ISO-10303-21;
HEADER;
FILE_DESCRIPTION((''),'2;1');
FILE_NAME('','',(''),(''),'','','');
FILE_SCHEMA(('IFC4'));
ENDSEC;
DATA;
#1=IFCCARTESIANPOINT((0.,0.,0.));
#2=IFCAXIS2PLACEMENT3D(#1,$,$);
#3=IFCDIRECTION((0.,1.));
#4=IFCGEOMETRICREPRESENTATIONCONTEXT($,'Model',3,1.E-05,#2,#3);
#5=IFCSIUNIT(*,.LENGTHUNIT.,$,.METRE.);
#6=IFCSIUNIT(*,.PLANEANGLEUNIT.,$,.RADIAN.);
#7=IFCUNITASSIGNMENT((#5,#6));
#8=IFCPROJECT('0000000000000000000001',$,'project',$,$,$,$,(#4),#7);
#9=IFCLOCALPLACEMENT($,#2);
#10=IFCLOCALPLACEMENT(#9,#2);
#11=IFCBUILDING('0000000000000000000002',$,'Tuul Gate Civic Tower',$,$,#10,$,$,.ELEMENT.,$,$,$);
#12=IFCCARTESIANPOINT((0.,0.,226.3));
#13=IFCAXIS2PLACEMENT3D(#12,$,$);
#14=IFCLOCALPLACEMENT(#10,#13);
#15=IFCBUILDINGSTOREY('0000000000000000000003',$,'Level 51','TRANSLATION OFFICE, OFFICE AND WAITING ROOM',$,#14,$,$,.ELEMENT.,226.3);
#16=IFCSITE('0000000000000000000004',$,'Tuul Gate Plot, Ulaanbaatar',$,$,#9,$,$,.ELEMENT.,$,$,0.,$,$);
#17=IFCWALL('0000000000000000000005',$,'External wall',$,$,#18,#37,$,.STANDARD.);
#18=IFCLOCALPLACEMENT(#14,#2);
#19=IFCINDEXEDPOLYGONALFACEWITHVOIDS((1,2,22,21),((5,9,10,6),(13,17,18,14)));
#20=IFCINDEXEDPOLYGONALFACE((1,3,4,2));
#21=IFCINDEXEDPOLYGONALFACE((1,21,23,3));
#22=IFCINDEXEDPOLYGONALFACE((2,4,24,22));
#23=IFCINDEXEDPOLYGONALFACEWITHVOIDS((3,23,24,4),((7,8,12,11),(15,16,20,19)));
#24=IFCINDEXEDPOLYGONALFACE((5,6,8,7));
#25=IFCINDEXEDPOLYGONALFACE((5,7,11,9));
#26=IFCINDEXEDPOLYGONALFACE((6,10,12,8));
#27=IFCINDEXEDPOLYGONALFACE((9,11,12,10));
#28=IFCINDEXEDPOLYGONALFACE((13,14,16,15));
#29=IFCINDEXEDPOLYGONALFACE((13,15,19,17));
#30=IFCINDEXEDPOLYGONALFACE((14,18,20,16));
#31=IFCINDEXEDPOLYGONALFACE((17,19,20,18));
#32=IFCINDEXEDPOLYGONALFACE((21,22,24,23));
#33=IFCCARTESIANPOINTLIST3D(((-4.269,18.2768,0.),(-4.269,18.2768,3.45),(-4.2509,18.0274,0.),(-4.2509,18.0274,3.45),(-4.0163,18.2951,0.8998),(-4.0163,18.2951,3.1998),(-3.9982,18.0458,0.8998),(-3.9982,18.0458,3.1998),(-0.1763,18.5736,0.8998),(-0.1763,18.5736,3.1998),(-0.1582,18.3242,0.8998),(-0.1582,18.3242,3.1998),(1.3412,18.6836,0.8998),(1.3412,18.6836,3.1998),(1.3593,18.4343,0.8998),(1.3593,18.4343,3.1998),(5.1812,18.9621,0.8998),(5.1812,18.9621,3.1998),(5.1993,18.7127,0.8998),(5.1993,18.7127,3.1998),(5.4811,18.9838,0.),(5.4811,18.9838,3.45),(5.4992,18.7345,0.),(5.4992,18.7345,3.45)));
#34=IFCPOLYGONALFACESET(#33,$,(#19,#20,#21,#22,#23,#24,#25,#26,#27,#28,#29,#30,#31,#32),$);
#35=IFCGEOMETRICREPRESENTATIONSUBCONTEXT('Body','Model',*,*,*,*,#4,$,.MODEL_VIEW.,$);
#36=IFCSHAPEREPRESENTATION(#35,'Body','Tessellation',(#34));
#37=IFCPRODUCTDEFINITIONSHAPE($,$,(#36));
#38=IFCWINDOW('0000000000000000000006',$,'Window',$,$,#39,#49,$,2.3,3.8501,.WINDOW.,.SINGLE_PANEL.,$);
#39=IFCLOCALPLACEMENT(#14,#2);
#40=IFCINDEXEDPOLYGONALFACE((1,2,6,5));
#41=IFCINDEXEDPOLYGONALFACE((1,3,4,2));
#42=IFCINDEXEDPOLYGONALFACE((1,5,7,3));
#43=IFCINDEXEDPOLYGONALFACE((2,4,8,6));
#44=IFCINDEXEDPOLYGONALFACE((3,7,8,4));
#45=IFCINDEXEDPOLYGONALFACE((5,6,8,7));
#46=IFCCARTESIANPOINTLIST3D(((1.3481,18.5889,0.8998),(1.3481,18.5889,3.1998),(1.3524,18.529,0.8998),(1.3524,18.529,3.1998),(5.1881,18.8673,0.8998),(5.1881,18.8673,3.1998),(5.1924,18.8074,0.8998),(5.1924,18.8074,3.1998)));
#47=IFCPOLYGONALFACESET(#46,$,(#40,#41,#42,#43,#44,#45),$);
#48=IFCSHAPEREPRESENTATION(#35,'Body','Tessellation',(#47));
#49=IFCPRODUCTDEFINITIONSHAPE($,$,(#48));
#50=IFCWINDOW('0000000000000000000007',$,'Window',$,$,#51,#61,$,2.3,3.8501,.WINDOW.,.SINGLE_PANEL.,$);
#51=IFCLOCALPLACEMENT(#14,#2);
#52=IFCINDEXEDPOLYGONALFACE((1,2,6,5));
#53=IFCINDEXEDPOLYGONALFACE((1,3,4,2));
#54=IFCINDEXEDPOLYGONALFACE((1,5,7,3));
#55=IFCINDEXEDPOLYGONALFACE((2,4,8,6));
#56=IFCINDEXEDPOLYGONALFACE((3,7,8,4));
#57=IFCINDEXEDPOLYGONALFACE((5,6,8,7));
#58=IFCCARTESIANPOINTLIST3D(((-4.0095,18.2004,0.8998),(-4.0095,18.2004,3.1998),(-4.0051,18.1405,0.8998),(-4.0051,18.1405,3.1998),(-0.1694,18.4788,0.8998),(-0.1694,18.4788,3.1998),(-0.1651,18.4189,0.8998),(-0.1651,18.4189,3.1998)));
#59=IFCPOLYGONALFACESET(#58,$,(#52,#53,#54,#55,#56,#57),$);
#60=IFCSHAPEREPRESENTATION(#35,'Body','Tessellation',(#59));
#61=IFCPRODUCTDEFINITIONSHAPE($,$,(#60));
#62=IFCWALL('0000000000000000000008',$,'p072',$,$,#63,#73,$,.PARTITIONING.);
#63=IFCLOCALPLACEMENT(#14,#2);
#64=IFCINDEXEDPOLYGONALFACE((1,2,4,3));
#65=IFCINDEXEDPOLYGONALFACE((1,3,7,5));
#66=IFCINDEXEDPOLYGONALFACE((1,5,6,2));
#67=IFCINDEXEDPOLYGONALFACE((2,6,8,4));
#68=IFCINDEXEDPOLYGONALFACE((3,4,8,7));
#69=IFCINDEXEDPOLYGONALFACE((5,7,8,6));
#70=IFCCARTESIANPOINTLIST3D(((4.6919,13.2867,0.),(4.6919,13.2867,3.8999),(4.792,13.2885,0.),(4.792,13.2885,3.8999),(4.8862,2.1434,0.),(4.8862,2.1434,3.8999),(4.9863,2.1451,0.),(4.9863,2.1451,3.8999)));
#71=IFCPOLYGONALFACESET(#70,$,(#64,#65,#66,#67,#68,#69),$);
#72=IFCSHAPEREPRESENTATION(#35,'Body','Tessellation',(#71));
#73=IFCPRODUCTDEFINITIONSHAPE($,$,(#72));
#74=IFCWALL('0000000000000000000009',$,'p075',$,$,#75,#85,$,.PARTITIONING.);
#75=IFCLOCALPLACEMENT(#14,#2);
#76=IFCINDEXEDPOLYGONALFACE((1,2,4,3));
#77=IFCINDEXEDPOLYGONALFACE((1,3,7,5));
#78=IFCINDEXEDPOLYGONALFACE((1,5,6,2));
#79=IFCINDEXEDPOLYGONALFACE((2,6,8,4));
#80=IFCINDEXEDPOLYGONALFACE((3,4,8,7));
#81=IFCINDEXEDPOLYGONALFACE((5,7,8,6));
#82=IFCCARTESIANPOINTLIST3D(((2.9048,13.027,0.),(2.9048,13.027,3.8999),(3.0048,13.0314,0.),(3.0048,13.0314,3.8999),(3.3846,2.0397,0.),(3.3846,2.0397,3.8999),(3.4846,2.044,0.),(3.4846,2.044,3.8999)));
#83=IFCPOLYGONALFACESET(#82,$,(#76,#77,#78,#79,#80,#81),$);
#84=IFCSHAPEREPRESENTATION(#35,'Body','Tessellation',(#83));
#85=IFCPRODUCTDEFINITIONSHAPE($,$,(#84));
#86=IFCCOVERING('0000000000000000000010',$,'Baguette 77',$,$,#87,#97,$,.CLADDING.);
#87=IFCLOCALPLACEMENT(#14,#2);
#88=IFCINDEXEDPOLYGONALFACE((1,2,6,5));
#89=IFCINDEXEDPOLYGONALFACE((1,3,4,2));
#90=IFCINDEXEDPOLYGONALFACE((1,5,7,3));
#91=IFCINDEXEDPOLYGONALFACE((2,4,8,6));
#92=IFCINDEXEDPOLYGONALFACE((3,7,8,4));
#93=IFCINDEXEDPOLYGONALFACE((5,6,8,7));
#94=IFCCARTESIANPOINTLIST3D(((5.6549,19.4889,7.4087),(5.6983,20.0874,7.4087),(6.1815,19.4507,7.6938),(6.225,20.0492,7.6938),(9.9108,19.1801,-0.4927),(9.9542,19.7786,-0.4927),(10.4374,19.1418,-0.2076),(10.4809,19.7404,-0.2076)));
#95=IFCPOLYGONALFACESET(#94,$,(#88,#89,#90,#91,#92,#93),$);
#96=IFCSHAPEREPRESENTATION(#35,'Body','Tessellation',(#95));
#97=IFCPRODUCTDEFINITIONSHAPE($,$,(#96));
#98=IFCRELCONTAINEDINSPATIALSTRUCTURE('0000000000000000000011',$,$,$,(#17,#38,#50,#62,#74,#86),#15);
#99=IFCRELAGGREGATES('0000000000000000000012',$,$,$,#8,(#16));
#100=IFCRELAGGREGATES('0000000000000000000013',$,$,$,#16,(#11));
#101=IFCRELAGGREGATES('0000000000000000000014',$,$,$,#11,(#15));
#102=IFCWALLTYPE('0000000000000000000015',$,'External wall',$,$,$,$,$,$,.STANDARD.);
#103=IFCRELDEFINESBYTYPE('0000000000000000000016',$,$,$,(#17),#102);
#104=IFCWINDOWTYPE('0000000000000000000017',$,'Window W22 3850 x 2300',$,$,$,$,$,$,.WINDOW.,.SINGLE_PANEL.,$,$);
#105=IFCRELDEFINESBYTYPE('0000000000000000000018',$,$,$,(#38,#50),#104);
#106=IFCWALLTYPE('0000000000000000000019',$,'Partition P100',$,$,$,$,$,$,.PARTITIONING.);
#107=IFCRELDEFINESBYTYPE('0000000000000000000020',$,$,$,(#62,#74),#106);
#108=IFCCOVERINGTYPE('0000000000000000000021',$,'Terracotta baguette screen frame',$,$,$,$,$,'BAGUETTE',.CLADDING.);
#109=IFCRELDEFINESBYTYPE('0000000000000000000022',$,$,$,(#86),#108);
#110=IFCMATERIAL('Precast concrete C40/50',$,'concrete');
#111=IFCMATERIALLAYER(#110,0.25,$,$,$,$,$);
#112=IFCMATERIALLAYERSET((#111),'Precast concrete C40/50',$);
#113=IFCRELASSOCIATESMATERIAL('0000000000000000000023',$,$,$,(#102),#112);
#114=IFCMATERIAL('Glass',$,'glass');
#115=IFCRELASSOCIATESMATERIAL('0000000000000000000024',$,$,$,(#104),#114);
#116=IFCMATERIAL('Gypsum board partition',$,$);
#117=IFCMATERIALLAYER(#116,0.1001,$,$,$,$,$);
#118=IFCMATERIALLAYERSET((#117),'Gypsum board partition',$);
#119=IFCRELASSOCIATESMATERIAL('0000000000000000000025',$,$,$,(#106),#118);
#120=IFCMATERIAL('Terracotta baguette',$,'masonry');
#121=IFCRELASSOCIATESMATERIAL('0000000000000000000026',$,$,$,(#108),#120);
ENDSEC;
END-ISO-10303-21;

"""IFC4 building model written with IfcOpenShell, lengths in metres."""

from ifc_helpers import new_model, si_unit, direction, frame, frame_2d, origin, origin_2d, place, context, subcontext, project, spatial, rectangle, extrude, material, layer, layer_set, material_profile, profile_set, type_object, element, fill, save


model = new_model("IFC4")

# Units and contexts
model_context = context("Model", 3, precision=1e-05, world=origin(), true_north=direction((0.0, 1.0)))
body_context = subcontext(model_context, "Body", "Model", "MODEL_VIEW")
ifc_project = project(units=[si_unit("LENGTHUNIT", "METRE"), si_unit("PLANEANGLEUNIT", "RADIAN")], contexts=[model_context])

# Site, building, storey
site_placement = place(None, origin())
site = spatial("IfcSite", under=ifc_project, at=site_placement, Name="Tuul Gate Plot, Ulaanbaatar", CompositionType="ELEMENT", RefElevation=0.0)
building_placement = place(site_placement, origin())
building = spatial("IfcBuilding", under=site, at=building_placement, Name="Tuul Gate Civic Tower", CompositionType="ELEMENT")
storey_placement = place(building_placement, frame((0.0, 0.0, 226.3)))
storey = spatial("IfcBuildingStorey", under=building, at=storey_placement, Name="Level 51", Description="TRANSLATION OFFICE, OFFICE AND WAITING ROOM", CompositionType="ELEMENT", Elevation=226.3)

# Wall, openings, windows
ifc_material_1 = material(Name="Precast concrete C40/50", Category="concrete")
ifc_layer_1 = layer(ifc_material_1, 0.25)
ifc_layer_set_1 = layer_set([ifc_layer_1], Name="Precast concrete C40/50")
wall_type_1 = type_object("IfcWallType", Name="External wall", PredefinedType="STANDARD", material=ifc_layer_set_1)
wall_1_placement = place(storey_placement, frame((5.49, 18.8591, 0.0), z_axis=(0.0, 0.0, 1.0), x_axis=(-0.997381, -0.072326, 0.0)))
wall_1 = element("IfcWall", 1, at=wall_1_placement, inside=storey, type_object=wall_type_1, Name="External wall", PredefinedType="STANDARD", context=body_context, shape_type="SweptSolid", body=[
    extrude(rectangle(XDim=9.7756, YDim=0.25, at=frame_2d((4.8877, 0.0))), origin(), (0.0, 0.0, 1.0), 3.45),
])
opening_1_placement = place(wall_1_placement, frame((0.3005, 0.0, 0.8999)))
opening_1 = element("IfcOpeningElement", 2, at=opening_1_placement, cuts=wall_1, PredefinedType="OPENING", context=body_context, shape_type="SweptSolid", body=[
    extrude(rectangle(XDim=3.8501, YDim=2.3, at=frame_2d((1.925, 1.1499))), frame((0.0, 0.135, 0.0), z_axis=(0.0, -1.0, 0.0), x_axis=(1.0, 0.0, 0.0)), (0.0, 0.0, 1.0), 0.27),
])
opening_2_placement = place(wall_1_placement, frame((5.6721, 0.0, 0.8999)))
opening_2 = element("IfcOpeningElement", 3, at=opening_2_placement, cuts=wall_1, PredefinedType="OPENING", context=body_context, shape_type="SweptSolid", body=[
    extrude(rectangle(XDim=3.8501, YDim=2.3, at=frame_2d((1.925, 1.1499))), frame((0.0, 0.135, 0.0), z_axis=(0.0, -1.0, 0.0), x_axis=(1.0, 0.0, 0.0)), (0.0, 0.0, 1.0), 0.27),
])
ifc_material_2 = material(Name="Glass", Category="glass")
window_type = type_object("IfcWindowType", Name="Window W22 3850 x 2300", PartitioningType="SINGLE_PANEL", PredefinedType="WINDOW", material=ifc_material_2)
window_1_placement = place(opening_1_placement, origin())
window_1 = element("IfcWindow", 4, at=window_1_placement, inside=storey, type_object=window_type, Name="Window", OverallHeight=2.3, OverallWidth=3.8501, PartitioningType="SINGLE_PANEL", PredefinedType="WINDOW", context=body_context, shape_type="SweptSolid", body=[
    extrude(rectangle(XDim=3.8501, YDim=2.3, at=frame_2d((1.925, 1.1499))), frame((0.0, 0.03, 0.0), z_axis=(0.0, -1.0, 0.0), x_axis=(1.0, 0.0, 0.0)), (0.0, 0.0, 1.0), 0.0601),
])
fill(opening_1, window_1)
window_2_placement = place(opening_2_placement, origin())
window_2 = element("IfcWindow", 5, at=window_2_placement, inside=storey, type_object=window_type, Name="Window", OverallHeight=2.3, OverallWidth=3.8501, PartitioningType="SINGLE_PANEL", PredefinedType="WINDOW", context=body_context, shape_type="SweptSolid", body=[
    extrude(rectangle(XDim=3.8501, YDim=2.3, at=frame_2d((1.925, 1.1499))), frame((0.0, 0.03, 0.0), z_axis=(0.0, -1.0, 0.0), x_axis=(1.0, 0.0, 0.0)), (0.0, 0.0, 1.0), 0.0601),
])
fill(opening_2, window_2)

# Walls
ifc_material_3 = material(Name="Gypsum board partition")
ifc_layer_2 = layer(ifc_material_3, 0.1001)
ifc_layer_set_2 = layer_set([ifc_layer_2], Name="Gypsum board partition")
wall_type_2 = type_object("IfcWallType", Name="Partition P100", PredefinedType="PARTITIONING", material=ifc_layer_set_2)
wall_2_placement = place(storey_placement, frame((4.7419, 13.2876, 0.0), z_axis=(0.0, 0.0, 1.0), x_axis=(0.017437, -0.999848, 0.0)))
element("IfcWall", 6, at=wall_2_placement, inside=storey, type_object=wall_type_2, Name="p072", PredefinedType="PARTITIONING", context=body_context, shape_type="SweptSolid", body=[
    extrude(rectangle(XDim=11.145, YDim=0.1001, at=frame_2d((5.5725, 0.0))), origin(), (0.0, 0.0, 1.0), 3.8999),
])
wall_3_placement = place(storey_placement, frame((2.9548, 13.0293, 0.0), z_axis=(0.0, 0.0, 1.0), x_axis=(0.043621, -0.999048, 0.0)))
element("IfcWall", 7, at=wall_3_placement, inside=storey, type_object=wall_type_2, Name="p075", PredefinedType="PARTITIONING", context=body_context, shape_type="SweptSolid", body=[
    extrude(rectangle(XDim=10.9978, YDim=0.1001, at=frame_2d((5.499, 0.0))), origin(), (0.0, 0.0, 1.0), 3.8999),
])

# Covering
ifc_material_4 = material(Name="Terracotta baguette", Category="masonry")
ifc_material_profile_1 = material_profile(ifc_material_4, rectangle(XDim=0.6001, YDim=0.6001, at=origin_2d()), Name="Terracotta baguette screen frame")
ifc_profile_set_1 = profile_set([ifc_material_profile_1], Name="Terracotta baguette")
covering_type = type_object("IfcCoveringType", Name="Terracotta baguette screen frame", ElementType="BAGUETTE", PredefinedType="CLADDING", material=ifc_profile_set_1)
covering_placement = place(storey_placement, frame((5.9399, 19.769, 7.5513), z_axis=(0.47393, -0.034392, -0.879891), x_axis=(0.072377, 0.997377, 0.0)))
element("IfcCovering", 8, at=covering_placement, inside=storey, type_object=covering_type, Name="Baguette 77", PredefinedType="CLADDING", context=body_context, shape_type="SweptSolid", body=[
    extrude(rectangle(XDim=0.6001, YDim=0.6001, at=origin_2d()), origin(), (0.0, 0.0, 1.0), 8.98),
])

save(model, "model.ifc")
